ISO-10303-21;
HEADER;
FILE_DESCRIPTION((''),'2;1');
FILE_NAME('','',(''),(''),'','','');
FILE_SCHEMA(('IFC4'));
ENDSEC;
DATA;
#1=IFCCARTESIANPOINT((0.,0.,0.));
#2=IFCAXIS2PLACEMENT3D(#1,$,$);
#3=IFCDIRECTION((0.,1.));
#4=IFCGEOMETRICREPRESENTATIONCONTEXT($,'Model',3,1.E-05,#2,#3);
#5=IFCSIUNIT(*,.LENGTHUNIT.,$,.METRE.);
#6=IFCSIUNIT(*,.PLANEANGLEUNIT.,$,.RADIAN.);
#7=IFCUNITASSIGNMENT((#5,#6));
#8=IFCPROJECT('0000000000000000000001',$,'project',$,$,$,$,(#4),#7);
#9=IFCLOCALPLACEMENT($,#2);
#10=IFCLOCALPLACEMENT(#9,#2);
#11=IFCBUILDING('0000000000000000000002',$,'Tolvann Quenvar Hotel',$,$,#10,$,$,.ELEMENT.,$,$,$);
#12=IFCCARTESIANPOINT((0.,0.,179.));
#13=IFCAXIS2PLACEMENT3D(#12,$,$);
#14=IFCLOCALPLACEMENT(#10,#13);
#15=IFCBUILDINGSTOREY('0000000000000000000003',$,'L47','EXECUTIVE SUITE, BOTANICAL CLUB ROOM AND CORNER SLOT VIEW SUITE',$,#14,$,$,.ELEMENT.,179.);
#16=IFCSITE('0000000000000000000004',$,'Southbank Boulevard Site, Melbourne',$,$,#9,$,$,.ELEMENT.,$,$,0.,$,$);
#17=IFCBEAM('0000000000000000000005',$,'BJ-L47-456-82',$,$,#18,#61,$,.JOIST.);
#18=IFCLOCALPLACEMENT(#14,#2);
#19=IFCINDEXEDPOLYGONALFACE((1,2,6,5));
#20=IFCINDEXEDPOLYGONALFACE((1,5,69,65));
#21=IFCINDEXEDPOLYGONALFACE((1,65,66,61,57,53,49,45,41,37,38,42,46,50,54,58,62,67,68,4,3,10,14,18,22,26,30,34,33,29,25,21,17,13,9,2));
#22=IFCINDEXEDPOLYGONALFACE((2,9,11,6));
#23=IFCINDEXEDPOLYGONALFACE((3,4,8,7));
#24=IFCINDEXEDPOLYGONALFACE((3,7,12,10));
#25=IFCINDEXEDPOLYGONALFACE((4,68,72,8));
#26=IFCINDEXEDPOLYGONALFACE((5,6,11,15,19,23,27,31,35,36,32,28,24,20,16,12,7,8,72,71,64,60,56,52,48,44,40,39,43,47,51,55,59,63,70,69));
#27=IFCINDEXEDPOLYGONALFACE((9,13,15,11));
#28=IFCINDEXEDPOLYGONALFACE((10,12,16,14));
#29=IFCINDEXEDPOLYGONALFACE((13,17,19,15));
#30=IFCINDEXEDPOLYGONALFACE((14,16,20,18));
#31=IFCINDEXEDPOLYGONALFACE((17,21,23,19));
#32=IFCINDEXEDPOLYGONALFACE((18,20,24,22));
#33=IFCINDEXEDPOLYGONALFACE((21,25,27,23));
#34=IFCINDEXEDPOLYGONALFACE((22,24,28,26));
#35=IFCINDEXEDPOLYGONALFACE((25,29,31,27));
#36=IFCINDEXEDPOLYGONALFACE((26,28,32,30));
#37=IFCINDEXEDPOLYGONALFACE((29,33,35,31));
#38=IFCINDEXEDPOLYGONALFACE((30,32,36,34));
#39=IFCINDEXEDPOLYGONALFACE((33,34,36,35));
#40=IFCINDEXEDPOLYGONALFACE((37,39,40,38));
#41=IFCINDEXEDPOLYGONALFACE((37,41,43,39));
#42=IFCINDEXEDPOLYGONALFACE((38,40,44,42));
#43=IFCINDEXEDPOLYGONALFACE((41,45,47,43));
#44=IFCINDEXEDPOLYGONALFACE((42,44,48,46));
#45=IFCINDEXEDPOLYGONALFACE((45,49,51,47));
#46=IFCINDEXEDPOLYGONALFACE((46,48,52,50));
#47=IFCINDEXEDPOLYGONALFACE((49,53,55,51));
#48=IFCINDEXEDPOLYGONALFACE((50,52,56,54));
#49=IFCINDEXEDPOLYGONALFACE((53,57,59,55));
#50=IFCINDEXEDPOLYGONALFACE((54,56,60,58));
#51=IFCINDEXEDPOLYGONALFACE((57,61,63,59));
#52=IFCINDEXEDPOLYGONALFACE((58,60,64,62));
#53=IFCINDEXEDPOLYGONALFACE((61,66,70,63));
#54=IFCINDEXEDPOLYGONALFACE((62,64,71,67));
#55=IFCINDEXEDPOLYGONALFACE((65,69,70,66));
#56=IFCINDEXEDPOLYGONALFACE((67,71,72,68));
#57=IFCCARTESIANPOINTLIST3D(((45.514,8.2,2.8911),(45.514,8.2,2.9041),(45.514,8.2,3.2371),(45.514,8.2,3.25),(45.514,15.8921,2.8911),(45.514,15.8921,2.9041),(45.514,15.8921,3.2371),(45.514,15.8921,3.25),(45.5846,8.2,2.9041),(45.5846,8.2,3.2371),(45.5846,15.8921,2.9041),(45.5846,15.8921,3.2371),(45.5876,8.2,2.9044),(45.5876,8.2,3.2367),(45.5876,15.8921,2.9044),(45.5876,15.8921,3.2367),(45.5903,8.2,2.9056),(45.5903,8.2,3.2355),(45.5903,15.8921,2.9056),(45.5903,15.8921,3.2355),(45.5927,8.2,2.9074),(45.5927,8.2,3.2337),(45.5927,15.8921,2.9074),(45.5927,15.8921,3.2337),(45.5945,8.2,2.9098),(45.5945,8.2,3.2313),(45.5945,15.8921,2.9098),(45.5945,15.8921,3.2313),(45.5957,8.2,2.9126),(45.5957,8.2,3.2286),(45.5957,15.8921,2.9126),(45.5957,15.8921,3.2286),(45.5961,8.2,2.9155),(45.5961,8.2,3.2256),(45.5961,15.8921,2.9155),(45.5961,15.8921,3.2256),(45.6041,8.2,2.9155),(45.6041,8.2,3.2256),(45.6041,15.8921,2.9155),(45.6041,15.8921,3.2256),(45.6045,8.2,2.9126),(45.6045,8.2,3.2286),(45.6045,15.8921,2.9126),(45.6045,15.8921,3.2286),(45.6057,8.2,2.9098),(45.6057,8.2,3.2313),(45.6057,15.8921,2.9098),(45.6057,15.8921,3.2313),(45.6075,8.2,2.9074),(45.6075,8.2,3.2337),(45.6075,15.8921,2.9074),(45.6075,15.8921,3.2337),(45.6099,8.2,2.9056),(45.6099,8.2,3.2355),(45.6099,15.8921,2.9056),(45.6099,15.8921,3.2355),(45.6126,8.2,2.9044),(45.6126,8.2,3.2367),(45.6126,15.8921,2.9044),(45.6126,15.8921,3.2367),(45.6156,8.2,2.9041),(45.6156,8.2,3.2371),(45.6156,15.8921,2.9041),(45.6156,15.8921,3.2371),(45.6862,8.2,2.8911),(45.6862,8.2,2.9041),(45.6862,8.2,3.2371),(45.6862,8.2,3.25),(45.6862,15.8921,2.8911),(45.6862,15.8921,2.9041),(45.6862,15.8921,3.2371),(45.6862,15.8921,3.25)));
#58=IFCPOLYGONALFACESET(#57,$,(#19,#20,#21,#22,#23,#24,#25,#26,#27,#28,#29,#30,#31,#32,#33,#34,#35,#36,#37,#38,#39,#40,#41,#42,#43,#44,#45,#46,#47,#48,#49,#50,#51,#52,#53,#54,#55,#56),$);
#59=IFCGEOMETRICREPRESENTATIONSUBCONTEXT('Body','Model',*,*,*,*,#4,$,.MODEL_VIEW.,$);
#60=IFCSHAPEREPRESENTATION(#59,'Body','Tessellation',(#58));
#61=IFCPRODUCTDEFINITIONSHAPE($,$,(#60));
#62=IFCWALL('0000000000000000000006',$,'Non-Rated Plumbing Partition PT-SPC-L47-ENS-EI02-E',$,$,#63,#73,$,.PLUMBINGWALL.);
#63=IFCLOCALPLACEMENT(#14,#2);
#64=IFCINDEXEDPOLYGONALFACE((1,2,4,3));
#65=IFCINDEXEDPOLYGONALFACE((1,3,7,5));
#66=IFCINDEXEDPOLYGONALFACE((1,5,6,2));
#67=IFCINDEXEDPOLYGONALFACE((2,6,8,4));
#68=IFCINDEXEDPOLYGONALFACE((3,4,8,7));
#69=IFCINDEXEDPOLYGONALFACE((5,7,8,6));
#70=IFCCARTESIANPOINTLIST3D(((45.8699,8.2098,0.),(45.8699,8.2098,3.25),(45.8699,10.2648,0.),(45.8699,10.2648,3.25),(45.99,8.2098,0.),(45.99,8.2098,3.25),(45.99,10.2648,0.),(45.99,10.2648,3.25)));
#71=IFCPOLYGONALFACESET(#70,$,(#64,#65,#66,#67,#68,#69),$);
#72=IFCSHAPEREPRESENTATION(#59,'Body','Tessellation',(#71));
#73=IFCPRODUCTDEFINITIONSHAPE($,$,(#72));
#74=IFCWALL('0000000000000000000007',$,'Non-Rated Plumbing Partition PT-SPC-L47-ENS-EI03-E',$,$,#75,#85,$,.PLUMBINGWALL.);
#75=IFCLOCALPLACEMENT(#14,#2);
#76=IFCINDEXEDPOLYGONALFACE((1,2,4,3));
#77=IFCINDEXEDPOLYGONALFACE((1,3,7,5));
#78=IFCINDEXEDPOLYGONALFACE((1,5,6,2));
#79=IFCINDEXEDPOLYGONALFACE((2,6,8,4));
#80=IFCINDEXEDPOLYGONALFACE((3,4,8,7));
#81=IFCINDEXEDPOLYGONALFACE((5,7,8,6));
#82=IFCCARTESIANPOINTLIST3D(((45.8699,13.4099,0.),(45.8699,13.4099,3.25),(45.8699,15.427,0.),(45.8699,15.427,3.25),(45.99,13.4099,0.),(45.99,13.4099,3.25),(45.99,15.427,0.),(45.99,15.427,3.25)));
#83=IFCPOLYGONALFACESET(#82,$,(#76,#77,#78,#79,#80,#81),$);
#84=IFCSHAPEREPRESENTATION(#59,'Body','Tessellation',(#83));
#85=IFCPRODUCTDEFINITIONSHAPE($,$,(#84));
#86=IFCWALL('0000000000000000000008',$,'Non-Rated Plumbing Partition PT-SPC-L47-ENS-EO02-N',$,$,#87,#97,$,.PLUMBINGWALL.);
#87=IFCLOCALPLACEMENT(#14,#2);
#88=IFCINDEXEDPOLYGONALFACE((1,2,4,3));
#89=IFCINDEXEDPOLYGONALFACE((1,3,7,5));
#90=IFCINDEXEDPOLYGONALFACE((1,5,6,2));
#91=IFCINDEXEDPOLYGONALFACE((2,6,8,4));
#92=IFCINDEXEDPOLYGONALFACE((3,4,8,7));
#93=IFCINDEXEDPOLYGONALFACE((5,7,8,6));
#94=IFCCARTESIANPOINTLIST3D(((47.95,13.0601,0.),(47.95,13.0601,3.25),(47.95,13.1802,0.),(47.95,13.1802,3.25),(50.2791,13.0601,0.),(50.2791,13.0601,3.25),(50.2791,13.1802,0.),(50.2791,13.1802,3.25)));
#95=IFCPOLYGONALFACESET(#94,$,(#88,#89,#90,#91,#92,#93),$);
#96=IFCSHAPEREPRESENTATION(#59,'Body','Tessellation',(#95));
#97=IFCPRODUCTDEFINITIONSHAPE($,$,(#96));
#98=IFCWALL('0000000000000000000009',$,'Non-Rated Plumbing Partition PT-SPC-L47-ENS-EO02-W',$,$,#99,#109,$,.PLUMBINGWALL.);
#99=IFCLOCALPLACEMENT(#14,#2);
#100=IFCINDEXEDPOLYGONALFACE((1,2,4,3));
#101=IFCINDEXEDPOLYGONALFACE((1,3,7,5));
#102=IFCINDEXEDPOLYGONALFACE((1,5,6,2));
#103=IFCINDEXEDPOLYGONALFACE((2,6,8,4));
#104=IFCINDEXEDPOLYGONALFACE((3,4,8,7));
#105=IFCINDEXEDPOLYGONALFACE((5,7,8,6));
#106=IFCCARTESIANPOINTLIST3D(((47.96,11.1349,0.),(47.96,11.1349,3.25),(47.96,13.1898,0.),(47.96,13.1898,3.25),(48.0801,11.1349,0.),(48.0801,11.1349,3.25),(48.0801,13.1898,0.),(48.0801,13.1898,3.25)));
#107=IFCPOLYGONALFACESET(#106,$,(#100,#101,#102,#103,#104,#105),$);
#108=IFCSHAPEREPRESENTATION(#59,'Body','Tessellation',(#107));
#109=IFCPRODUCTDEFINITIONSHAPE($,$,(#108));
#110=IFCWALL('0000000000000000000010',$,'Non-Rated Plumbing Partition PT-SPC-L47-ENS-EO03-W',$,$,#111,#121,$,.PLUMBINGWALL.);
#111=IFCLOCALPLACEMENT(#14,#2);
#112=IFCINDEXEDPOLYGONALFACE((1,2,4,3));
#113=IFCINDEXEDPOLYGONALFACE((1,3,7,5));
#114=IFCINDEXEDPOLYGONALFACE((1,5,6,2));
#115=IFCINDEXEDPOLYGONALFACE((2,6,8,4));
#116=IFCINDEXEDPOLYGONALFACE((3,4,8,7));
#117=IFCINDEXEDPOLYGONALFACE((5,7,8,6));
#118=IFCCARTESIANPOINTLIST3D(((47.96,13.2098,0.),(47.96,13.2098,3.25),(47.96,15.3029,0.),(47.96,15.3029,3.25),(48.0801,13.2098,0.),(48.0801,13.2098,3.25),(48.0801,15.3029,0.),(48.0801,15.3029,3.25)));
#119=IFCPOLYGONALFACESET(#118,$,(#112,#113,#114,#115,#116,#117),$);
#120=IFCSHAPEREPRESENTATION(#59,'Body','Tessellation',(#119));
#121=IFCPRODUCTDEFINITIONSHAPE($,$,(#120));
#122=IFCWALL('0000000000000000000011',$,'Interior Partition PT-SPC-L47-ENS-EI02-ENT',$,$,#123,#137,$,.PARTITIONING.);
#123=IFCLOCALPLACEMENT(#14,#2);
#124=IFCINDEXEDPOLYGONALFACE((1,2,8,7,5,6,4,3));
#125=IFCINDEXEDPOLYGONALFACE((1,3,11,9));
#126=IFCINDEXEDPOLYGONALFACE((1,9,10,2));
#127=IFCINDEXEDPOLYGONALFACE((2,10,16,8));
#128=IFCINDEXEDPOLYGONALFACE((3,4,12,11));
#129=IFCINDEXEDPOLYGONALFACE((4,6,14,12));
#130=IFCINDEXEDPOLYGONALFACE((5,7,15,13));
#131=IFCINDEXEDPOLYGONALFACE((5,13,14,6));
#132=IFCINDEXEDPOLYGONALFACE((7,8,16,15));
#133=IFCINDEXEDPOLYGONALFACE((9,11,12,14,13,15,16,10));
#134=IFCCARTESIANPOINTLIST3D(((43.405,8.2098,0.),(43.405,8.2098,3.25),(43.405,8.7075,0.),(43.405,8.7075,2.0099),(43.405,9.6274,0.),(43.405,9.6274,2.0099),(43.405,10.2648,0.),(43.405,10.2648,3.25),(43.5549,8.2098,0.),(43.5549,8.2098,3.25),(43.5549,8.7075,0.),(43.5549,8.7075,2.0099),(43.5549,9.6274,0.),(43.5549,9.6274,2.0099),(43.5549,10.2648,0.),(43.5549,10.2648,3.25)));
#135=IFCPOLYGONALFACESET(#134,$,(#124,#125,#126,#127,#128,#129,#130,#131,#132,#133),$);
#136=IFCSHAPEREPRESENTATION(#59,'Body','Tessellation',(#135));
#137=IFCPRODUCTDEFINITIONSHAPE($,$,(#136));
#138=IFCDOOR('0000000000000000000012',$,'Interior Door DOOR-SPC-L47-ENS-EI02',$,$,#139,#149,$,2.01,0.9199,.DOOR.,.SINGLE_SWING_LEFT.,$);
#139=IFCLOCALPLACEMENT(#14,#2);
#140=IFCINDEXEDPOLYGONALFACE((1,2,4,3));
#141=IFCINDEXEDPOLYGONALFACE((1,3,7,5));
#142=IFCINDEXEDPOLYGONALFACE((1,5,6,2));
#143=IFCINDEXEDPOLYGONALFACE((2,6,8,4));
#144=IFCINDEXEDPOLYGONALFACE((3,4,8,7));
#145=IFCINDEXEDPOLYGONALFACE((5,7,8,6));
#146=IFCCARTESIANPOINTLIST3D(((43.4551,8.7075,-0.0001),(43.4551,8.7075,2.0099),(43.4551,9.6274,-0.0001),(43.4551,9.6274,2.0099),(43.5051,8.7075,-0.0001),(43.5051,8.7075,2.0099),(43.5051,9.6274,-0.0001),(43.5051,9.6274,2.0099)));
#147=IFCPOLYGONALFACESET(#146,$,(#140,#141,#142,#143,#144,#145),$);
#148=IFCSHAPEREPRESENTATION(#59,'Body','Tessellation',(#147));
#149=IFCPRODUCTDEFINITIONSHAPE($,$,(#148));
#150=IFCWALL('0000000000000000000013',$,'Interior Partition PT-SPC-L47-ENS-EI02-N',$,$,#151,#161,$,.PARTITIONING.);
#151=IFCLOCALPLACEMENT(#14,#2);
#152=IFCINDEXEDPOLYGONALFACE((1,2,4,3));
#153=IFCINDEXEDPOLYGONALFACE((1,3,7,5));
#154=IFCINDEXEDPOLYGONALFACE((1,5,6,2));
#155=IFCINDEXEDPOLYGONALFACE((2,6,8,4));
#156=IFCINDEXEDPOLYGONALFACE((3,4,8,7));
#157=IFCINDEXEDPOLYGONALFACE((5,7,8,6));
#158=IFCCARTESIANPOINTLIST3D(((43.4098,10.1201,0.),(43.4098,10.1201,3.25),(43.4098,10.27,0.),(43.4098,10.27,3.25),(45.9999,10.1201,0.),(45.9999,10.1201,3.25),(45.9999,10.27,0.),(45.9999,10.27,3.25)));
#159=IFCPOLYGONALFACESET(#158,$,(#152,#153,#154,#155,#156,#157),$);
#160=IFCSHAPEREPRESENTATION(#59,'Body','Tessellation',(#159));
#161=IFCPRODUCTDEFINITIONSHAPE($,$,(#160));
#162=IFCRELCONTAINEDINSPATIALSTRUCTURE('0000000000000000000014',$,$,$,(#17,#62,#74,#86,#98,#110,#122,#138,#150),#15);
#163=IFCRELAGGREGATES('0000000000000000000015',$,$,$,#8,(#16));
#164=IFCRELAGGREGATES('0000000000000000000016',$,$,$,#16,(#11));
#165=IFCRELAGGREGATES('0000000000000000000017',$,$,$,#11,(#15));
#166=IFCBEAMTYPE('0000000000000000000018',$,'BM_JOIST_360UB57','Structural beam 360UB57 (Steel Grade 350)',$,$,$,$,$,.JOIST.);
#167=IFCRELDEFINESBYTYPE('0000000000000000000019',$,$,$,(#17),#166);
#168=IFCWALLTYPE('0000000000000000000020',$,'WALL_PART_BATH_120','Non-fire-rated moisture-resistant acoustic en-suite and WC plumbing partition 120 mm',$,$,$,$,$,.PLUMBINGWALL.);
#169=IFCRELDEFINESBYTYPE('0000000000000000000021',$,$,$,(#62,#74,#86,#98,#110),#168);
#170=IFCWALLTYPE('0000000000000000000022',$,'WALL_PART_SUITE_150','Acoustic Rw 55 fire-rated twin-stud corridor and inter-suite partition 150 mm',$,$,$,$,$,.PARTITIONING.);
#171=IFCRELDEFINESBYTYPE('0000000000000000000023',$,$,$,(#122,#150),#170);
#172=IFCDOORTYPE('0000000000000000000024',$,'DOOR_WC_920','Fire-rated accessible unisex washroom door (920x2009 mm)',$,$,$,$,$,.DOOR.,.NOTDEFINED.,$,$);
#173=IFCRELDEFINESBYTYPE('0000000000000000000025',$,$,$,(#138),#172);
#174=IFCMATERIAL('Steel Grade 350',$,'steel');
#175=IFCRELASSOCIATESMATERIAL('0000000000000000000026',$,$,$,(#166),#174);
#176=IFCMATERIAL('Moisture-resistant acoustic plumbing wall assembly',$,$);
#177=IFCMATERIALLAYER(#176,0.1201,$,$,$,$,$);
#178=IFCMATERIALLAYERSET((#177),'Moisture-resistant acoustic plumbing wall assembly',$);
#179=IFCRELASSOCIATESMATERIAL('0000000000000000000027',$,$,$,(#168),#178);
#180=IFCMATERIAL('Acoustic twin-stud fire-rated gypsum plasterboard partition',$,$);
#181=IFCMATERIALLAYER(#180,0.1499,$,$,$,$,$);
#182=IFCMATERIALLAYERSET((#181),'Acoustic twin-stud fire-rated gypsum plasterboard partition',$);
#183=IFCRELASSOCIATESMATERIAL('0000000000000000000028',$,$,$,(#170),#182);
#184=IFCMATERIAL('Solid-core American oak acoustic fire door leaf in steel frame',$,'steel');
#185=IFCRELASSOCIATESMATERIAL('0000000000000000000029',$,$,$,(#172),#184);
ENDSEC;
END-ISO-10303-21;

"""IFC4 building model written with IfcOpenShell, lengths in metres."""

from ifc_helpers import new_model, si_unit, direction, frame, frame_2d, origin, origin_2d, place, context, subcontext, project, spatial, rectangle, i_section, extrude, source, transform, mapped, material, layer, layer_set, material_profile, profile_set, type_object, type_shapes, element, fill, save


model = new_model("IFC4")

# Units and contexts
model_context = context("Model", 3, precision=1e-05, world=origin(), true_north=direction((0.0, 1.0)))
body_context = subcontext(model_context, "Body", "Model", "MODEL_VIEW")
ifc_project = project(units=[si_unit("LENGTHUNIT", "METRE"), si_unit("PLANEANGLEUNIT", "RADIAN")], contexts=[model_context])

# Site, building, storey
site_placement = place(None, origin())
site = spatial("IfcSite", under=ifc_project, at=site_placement, Name="Southbank Boulevard Site, Melbourne", CompositionType="ELEMENT", RefElevation=0.0)
building_placement = place(site_placement, origin())
building = spatial("IfcBuilding", under=site, at=building_placement, Name="Tolvann Quenvar Hotel", CompositionType="ELEMENT")
storey_placement = place(building_placement, frame((0.0, 0.0, 179.0)))
storey = spatial("IfcBuildingStorey", under=building, at=storey_placement, Name="L47", Description="EXECUTIVE SUITE, BOTANICAL CLUB ROOM AND CORNER SLOT VIEW SUITE", CompositionType="ELEMENT", Elevation=179.0)

# Shared definitions
ifc_material_1 = material(Name="Steel Grade 350", Category="steel")

# Beam
ifc_material_profile_1 = material_profile(ifc_material_1, i_section(OverallWidth=0.1721, OverallDepth=0.3589, WebThickness=0.0081, FlangeThickness=0.0129, FilletRadius=0.0115, at=origin_2d()), Name="360UB57")
ifc_profile_set_1 = profile_set([ifc_material_profile_1], Name="Steel Grade 350")
beam_type_1 = type_object("IfcBeamType", Name="BM_JOIST_360UB57", Description="Structural beam 360UB57 (Steel Grade 350)", PredefinedType="JOIST", material=ifc_profile_set_1)
shared_shape_1 = source(origin(), body_context, "Body", "SweptSolid", [
    extrude(i_section(OverallWidth=0.1721, OverallDepth=0.3589, WebThickness=0.0081, FlangeThickness=0.0129, FilletRadius=0.0115, at=origin_2d()), origin(), (0.0, 0.0, 1.0), 7.6921),
])
type_shapes(beam_type_1, [shared_shape_1])
beam_1_placement = place(storey_placement, frame((45.6001, 8.2, 3.0706), z_axis=(0.0, 1.0, 0.0), x_axis=(-1.0, 0.0, 0.0)))
element("IfcBeam", 1, at=beam_1_placement, inside=storey, type_object=beam_type_1, Name="BJ-L47-456-82", PredefinedType="JOIST", context=body_context, shape_type="MappedRepresentation", body=[
    mapped(shared_shape_1, transform((0.0, 0.0, 0.0), x_axis=(1.0, 0.0, 0.0), y_axis=(0.0, 1.0, 0.0), z_axis=(0.0, 0.0, 1.0), scale=1.0)),
])

# Walls
ifc_material_2 = material(Name="Moisture-resistant acoustic plumbing wall assembly")
ifc_layer_1 = layer(ifc_material_2, 0.1201)
ifc_layer_set_1 = layer_set([ifc_layer_1], Name="Moisture-resistant acoustic plumbing wall assembly")
wall_type_1 = type_object("IfcWallType", Name="WALL_PART_BATH_120", Description="Non-fire-rated moisture-resistant acoustic en-suite and WC plumbing partition 120 mm", PredefinedType="PLUMBINGWALL", material=ifc_layer_set_1)
wall_1_placement = place(storey_placement, frame((45.9299, 8.21, 0.0), z_axis=(0.0, 0.0, 1.0), x_axis=(0.0, 1.0, 0.0)))
element("IfcWall", 2, at=wall_1_placement, inside=storey, type_object=wall_type_1, Name="Non-Rated Plumbing Partition PT-SPC-L47-ENS-EI02-E", PredefinedType="PLUMBINGWALL", context=body_context, shape_type="SweptSolid", body=[
    extrude(rectangle(XDim=2.0549, YDim=0.1201, at=frame_2d((1.0273, 0.0))), origin(), (0.0, 0.0, 1.0), 3.25),
])
wall_2_placement = place(storey_placement, frame((45.9299, 13.4099, 0.0), z_axis=(0.0, 0.0, 1.0), x_axis=(0.0, 1.0, 0.0)))
element("IfcWall", 3, at=wall_2_placement, inside=storey, type_object=wall_type_1, Name="Non-Rated Plumbing Partition PT-SPC-L47-ENS-EI03-E", PredefinedType="PLUMBINGWALL", context=body_context, shape_type="SweptSolid", body=[
    extrude(rectangle(XDim=2.0171, YDim=0.1201, at=frame_2d((1.0085, 0.0))), origin(), (0.0, 0.0, 1.0), 3.25),
])
wall_3_placement = place(storey_placement, frame((47.95, 13.1201, 0.0), z_axis=(0.0, 0.0, 1.0), x_axis=(1.0, 0.0, 0.0)))
element("IfcWall", 4, at=wall_3_placement, inside=storey, type_object=wall_type_1, Name="Non-Rated Plumbing Partition PT-SPC-L47-ENS-EO02-N", PredefinedType="PLUMBINGWALL", context=body_context, shape_type="SweptSolid", body=[
    extrude(rectangle(XDim=2.3291, YDim=0.1201, at=frame_2d((1.1646, 0.0))), origin(), (0.0, 0.0, 1.0), 3.25),
])
wall_4_placement = place(storey_placement, frame((48.02, 11.135, 0.0), z_axis=(0.0, 0.0, 1.0), x_axis=(0.0, 1.0, 0.0)))
element("IfcWall", 5, at=wall_4_placement, inside=storey, type_object=wall_type_1, Name="Non-Rated Plumbing Partition PT-SPC-L47-ENS-EO02-W", PredefinedType="PLUMBINGWALL", context=body_context, shape_type="SweptSolid", body=[
    extrude(rectangle(XDim=2.0549, YDim=0.1201, at=frame_2d((1.0273, 0.0))), origin(), (0.0, 0.0, 1.0), 3.25),
])
wall_5_placement = place(storey_placement, frame((48.02, 13.21, 0.0), z_axis=(0.0, 0.0, 1.0), x_axis=(0.0, 1.0, 0.0)))
element("IfcWall", 6, at=wall_5_placement, inside=storey, type_object=wall_type_1, Name="Non-Rated Plumbing Partition PT-SPC-L47-ENS-EO03-W", PredefinedType="PLUMBINGWALL", context=body_context, shape_type="SweptSolid", body=[
    extrude(rectangle(XDim=2.093, YDim=0.1201, at=frame_2d((1.0464, 0.0))), origin(), (0.0, 0.0, 1.0), 3.25),
])

# Wall, opening, door
ifc_material_3 = material(Name="Acoustic twin-stud fire-rated gypsum plasterboard partition")
ifc_layer_2 = layer(ifc_material_3, 0.1499)
ifc_layer_set_2 = layer_set([ifc_layer_2], Name="Acoustic twin-stud fire-rated gypsum plasterboard partition")
wall_type_2 = type_object("IfcWallType", Name="WALL_PART_SUITE_150", Description="Acoustic Rw 55 fire-rated twin-stud corridor and inter-suite partition 150 mm", PredefinedType="PARTITIONING", material=ifc_layer_set_2)
wall_6_placement = place(storey_placement, frame((43.48, 8.21, 0.0), z_axis=(0.0, 0.0, 1.0), x_axis=(0.0, 1.0, 0.0)))
wall_6 = element("IfcWall", 7, at=wall_6_placement, inside=storey, type_object=wall_type_2, Name="Interior Partition PT-SPC-L47-ENS-EI02-ENT", PredefinedType="PARTITIONING", context=body_context, shape_type="SweptSolid", body=[
    extrude(rectangle(XDim=2.0549, YDim=0.1499, at=frame_2d((1.0273, 0.0))), origin(), (0.0, 0.0, 1.0), 3.25),
])
opening_1_placement = place(wall_6_placement, frame((0.4976, 0.0, 0.0)))
opening_1 = element("IfcOpeningElement", 8, at=opening_1_placement, cuts=wall_6, PredefinedType="OPENING", context=body_context, shape_type="SweptSolid", body=[
    extrude(rectangle(XDim=0.9199, YDim=2.01, at=frame_2d((0.46, 1.0049))), frame((0.0, 0.085, 0.0), z_axis=(0.0, -1.0, 0.0), x_axis=(1.0, 0.0, 0.0)), (0.0, 0.0, 1.0), 0.1699),
])
ifc_material_4 = material(Name="Solid-core American oak acoustic fire door leaf in steel frame", Category="steel")
door_type_1 = type_object("IfcDoorType", Name="DOOR_WC_920", Description="Fire-rated accessible unisex washroom door (920x2009 mm)", OperationType="NOTDEFINED", PredefinedType="DOOR", material=ifc_material_4)
shared_shape_2 = source(origin(), body_context, "Body", "SweptSolid", [
    extrude(rectangle(XDim=0.9199, YDim=2.01, at=frame_2d((0.46, 1.0049))), frame((0.0, 0.0249, 0.0), z_axis=(0.0, -1.0, 0.0), x_axis=(1.0, 0.0, 0.0)), (0.0, 0.0, 1.0), 0.05),
])
type_shapes(door_type_1, [shared_shape_2])
door_1_placement = place(opening_1_placement, origin())
door_1 = element("IfcDoor", 9, at=door_1_placement, inside=storey, type_object=door_type_1, Name="Interior Door DOOR-SPC-L47-ENS-EI02", OperationType="SINGLE_SWING_LEFT", OverallHeight=2.01, OverallWidth=0.9199, PredefinedType="DOOR", context=body_context, shape_type="MappedRepresentation", body=[
    mapped(shared_shape_2, transform((0.0, 0.0, 0.0), x_axis=(1.0, 0.0, 0.0), y_axis=(0.0, 1.0, 0.0), z_axis=(0.0, 0.0, 1.0), scale=1.0)),
])
fill(opening_1, door_1)

# Wall
wall_7_placement = place(storey_placement, frame((43.4099, 10.1951, 0.0), z_axis=(0.0, 0.0, 1.0), x_axis=(1.0, 0.0, 0.0)))
element("IfcWall", 10, at=wall_7_placement, inside=storey, type_object=wall_type_2, Name="Interior Partition PT-SPC-L47-ENS-EI02-N", PredefinedType="PARTITIONING", context=body_context, shape_type="SweptSolid", body=[
    extrude(rectangle(XDim=2.5901, YDim=0.1499, at=frame_2d((1.2949, 0.0))), origin(), (0.0, 0.0, 1.0), 3.25),
])

save(model, "model.ifc")
